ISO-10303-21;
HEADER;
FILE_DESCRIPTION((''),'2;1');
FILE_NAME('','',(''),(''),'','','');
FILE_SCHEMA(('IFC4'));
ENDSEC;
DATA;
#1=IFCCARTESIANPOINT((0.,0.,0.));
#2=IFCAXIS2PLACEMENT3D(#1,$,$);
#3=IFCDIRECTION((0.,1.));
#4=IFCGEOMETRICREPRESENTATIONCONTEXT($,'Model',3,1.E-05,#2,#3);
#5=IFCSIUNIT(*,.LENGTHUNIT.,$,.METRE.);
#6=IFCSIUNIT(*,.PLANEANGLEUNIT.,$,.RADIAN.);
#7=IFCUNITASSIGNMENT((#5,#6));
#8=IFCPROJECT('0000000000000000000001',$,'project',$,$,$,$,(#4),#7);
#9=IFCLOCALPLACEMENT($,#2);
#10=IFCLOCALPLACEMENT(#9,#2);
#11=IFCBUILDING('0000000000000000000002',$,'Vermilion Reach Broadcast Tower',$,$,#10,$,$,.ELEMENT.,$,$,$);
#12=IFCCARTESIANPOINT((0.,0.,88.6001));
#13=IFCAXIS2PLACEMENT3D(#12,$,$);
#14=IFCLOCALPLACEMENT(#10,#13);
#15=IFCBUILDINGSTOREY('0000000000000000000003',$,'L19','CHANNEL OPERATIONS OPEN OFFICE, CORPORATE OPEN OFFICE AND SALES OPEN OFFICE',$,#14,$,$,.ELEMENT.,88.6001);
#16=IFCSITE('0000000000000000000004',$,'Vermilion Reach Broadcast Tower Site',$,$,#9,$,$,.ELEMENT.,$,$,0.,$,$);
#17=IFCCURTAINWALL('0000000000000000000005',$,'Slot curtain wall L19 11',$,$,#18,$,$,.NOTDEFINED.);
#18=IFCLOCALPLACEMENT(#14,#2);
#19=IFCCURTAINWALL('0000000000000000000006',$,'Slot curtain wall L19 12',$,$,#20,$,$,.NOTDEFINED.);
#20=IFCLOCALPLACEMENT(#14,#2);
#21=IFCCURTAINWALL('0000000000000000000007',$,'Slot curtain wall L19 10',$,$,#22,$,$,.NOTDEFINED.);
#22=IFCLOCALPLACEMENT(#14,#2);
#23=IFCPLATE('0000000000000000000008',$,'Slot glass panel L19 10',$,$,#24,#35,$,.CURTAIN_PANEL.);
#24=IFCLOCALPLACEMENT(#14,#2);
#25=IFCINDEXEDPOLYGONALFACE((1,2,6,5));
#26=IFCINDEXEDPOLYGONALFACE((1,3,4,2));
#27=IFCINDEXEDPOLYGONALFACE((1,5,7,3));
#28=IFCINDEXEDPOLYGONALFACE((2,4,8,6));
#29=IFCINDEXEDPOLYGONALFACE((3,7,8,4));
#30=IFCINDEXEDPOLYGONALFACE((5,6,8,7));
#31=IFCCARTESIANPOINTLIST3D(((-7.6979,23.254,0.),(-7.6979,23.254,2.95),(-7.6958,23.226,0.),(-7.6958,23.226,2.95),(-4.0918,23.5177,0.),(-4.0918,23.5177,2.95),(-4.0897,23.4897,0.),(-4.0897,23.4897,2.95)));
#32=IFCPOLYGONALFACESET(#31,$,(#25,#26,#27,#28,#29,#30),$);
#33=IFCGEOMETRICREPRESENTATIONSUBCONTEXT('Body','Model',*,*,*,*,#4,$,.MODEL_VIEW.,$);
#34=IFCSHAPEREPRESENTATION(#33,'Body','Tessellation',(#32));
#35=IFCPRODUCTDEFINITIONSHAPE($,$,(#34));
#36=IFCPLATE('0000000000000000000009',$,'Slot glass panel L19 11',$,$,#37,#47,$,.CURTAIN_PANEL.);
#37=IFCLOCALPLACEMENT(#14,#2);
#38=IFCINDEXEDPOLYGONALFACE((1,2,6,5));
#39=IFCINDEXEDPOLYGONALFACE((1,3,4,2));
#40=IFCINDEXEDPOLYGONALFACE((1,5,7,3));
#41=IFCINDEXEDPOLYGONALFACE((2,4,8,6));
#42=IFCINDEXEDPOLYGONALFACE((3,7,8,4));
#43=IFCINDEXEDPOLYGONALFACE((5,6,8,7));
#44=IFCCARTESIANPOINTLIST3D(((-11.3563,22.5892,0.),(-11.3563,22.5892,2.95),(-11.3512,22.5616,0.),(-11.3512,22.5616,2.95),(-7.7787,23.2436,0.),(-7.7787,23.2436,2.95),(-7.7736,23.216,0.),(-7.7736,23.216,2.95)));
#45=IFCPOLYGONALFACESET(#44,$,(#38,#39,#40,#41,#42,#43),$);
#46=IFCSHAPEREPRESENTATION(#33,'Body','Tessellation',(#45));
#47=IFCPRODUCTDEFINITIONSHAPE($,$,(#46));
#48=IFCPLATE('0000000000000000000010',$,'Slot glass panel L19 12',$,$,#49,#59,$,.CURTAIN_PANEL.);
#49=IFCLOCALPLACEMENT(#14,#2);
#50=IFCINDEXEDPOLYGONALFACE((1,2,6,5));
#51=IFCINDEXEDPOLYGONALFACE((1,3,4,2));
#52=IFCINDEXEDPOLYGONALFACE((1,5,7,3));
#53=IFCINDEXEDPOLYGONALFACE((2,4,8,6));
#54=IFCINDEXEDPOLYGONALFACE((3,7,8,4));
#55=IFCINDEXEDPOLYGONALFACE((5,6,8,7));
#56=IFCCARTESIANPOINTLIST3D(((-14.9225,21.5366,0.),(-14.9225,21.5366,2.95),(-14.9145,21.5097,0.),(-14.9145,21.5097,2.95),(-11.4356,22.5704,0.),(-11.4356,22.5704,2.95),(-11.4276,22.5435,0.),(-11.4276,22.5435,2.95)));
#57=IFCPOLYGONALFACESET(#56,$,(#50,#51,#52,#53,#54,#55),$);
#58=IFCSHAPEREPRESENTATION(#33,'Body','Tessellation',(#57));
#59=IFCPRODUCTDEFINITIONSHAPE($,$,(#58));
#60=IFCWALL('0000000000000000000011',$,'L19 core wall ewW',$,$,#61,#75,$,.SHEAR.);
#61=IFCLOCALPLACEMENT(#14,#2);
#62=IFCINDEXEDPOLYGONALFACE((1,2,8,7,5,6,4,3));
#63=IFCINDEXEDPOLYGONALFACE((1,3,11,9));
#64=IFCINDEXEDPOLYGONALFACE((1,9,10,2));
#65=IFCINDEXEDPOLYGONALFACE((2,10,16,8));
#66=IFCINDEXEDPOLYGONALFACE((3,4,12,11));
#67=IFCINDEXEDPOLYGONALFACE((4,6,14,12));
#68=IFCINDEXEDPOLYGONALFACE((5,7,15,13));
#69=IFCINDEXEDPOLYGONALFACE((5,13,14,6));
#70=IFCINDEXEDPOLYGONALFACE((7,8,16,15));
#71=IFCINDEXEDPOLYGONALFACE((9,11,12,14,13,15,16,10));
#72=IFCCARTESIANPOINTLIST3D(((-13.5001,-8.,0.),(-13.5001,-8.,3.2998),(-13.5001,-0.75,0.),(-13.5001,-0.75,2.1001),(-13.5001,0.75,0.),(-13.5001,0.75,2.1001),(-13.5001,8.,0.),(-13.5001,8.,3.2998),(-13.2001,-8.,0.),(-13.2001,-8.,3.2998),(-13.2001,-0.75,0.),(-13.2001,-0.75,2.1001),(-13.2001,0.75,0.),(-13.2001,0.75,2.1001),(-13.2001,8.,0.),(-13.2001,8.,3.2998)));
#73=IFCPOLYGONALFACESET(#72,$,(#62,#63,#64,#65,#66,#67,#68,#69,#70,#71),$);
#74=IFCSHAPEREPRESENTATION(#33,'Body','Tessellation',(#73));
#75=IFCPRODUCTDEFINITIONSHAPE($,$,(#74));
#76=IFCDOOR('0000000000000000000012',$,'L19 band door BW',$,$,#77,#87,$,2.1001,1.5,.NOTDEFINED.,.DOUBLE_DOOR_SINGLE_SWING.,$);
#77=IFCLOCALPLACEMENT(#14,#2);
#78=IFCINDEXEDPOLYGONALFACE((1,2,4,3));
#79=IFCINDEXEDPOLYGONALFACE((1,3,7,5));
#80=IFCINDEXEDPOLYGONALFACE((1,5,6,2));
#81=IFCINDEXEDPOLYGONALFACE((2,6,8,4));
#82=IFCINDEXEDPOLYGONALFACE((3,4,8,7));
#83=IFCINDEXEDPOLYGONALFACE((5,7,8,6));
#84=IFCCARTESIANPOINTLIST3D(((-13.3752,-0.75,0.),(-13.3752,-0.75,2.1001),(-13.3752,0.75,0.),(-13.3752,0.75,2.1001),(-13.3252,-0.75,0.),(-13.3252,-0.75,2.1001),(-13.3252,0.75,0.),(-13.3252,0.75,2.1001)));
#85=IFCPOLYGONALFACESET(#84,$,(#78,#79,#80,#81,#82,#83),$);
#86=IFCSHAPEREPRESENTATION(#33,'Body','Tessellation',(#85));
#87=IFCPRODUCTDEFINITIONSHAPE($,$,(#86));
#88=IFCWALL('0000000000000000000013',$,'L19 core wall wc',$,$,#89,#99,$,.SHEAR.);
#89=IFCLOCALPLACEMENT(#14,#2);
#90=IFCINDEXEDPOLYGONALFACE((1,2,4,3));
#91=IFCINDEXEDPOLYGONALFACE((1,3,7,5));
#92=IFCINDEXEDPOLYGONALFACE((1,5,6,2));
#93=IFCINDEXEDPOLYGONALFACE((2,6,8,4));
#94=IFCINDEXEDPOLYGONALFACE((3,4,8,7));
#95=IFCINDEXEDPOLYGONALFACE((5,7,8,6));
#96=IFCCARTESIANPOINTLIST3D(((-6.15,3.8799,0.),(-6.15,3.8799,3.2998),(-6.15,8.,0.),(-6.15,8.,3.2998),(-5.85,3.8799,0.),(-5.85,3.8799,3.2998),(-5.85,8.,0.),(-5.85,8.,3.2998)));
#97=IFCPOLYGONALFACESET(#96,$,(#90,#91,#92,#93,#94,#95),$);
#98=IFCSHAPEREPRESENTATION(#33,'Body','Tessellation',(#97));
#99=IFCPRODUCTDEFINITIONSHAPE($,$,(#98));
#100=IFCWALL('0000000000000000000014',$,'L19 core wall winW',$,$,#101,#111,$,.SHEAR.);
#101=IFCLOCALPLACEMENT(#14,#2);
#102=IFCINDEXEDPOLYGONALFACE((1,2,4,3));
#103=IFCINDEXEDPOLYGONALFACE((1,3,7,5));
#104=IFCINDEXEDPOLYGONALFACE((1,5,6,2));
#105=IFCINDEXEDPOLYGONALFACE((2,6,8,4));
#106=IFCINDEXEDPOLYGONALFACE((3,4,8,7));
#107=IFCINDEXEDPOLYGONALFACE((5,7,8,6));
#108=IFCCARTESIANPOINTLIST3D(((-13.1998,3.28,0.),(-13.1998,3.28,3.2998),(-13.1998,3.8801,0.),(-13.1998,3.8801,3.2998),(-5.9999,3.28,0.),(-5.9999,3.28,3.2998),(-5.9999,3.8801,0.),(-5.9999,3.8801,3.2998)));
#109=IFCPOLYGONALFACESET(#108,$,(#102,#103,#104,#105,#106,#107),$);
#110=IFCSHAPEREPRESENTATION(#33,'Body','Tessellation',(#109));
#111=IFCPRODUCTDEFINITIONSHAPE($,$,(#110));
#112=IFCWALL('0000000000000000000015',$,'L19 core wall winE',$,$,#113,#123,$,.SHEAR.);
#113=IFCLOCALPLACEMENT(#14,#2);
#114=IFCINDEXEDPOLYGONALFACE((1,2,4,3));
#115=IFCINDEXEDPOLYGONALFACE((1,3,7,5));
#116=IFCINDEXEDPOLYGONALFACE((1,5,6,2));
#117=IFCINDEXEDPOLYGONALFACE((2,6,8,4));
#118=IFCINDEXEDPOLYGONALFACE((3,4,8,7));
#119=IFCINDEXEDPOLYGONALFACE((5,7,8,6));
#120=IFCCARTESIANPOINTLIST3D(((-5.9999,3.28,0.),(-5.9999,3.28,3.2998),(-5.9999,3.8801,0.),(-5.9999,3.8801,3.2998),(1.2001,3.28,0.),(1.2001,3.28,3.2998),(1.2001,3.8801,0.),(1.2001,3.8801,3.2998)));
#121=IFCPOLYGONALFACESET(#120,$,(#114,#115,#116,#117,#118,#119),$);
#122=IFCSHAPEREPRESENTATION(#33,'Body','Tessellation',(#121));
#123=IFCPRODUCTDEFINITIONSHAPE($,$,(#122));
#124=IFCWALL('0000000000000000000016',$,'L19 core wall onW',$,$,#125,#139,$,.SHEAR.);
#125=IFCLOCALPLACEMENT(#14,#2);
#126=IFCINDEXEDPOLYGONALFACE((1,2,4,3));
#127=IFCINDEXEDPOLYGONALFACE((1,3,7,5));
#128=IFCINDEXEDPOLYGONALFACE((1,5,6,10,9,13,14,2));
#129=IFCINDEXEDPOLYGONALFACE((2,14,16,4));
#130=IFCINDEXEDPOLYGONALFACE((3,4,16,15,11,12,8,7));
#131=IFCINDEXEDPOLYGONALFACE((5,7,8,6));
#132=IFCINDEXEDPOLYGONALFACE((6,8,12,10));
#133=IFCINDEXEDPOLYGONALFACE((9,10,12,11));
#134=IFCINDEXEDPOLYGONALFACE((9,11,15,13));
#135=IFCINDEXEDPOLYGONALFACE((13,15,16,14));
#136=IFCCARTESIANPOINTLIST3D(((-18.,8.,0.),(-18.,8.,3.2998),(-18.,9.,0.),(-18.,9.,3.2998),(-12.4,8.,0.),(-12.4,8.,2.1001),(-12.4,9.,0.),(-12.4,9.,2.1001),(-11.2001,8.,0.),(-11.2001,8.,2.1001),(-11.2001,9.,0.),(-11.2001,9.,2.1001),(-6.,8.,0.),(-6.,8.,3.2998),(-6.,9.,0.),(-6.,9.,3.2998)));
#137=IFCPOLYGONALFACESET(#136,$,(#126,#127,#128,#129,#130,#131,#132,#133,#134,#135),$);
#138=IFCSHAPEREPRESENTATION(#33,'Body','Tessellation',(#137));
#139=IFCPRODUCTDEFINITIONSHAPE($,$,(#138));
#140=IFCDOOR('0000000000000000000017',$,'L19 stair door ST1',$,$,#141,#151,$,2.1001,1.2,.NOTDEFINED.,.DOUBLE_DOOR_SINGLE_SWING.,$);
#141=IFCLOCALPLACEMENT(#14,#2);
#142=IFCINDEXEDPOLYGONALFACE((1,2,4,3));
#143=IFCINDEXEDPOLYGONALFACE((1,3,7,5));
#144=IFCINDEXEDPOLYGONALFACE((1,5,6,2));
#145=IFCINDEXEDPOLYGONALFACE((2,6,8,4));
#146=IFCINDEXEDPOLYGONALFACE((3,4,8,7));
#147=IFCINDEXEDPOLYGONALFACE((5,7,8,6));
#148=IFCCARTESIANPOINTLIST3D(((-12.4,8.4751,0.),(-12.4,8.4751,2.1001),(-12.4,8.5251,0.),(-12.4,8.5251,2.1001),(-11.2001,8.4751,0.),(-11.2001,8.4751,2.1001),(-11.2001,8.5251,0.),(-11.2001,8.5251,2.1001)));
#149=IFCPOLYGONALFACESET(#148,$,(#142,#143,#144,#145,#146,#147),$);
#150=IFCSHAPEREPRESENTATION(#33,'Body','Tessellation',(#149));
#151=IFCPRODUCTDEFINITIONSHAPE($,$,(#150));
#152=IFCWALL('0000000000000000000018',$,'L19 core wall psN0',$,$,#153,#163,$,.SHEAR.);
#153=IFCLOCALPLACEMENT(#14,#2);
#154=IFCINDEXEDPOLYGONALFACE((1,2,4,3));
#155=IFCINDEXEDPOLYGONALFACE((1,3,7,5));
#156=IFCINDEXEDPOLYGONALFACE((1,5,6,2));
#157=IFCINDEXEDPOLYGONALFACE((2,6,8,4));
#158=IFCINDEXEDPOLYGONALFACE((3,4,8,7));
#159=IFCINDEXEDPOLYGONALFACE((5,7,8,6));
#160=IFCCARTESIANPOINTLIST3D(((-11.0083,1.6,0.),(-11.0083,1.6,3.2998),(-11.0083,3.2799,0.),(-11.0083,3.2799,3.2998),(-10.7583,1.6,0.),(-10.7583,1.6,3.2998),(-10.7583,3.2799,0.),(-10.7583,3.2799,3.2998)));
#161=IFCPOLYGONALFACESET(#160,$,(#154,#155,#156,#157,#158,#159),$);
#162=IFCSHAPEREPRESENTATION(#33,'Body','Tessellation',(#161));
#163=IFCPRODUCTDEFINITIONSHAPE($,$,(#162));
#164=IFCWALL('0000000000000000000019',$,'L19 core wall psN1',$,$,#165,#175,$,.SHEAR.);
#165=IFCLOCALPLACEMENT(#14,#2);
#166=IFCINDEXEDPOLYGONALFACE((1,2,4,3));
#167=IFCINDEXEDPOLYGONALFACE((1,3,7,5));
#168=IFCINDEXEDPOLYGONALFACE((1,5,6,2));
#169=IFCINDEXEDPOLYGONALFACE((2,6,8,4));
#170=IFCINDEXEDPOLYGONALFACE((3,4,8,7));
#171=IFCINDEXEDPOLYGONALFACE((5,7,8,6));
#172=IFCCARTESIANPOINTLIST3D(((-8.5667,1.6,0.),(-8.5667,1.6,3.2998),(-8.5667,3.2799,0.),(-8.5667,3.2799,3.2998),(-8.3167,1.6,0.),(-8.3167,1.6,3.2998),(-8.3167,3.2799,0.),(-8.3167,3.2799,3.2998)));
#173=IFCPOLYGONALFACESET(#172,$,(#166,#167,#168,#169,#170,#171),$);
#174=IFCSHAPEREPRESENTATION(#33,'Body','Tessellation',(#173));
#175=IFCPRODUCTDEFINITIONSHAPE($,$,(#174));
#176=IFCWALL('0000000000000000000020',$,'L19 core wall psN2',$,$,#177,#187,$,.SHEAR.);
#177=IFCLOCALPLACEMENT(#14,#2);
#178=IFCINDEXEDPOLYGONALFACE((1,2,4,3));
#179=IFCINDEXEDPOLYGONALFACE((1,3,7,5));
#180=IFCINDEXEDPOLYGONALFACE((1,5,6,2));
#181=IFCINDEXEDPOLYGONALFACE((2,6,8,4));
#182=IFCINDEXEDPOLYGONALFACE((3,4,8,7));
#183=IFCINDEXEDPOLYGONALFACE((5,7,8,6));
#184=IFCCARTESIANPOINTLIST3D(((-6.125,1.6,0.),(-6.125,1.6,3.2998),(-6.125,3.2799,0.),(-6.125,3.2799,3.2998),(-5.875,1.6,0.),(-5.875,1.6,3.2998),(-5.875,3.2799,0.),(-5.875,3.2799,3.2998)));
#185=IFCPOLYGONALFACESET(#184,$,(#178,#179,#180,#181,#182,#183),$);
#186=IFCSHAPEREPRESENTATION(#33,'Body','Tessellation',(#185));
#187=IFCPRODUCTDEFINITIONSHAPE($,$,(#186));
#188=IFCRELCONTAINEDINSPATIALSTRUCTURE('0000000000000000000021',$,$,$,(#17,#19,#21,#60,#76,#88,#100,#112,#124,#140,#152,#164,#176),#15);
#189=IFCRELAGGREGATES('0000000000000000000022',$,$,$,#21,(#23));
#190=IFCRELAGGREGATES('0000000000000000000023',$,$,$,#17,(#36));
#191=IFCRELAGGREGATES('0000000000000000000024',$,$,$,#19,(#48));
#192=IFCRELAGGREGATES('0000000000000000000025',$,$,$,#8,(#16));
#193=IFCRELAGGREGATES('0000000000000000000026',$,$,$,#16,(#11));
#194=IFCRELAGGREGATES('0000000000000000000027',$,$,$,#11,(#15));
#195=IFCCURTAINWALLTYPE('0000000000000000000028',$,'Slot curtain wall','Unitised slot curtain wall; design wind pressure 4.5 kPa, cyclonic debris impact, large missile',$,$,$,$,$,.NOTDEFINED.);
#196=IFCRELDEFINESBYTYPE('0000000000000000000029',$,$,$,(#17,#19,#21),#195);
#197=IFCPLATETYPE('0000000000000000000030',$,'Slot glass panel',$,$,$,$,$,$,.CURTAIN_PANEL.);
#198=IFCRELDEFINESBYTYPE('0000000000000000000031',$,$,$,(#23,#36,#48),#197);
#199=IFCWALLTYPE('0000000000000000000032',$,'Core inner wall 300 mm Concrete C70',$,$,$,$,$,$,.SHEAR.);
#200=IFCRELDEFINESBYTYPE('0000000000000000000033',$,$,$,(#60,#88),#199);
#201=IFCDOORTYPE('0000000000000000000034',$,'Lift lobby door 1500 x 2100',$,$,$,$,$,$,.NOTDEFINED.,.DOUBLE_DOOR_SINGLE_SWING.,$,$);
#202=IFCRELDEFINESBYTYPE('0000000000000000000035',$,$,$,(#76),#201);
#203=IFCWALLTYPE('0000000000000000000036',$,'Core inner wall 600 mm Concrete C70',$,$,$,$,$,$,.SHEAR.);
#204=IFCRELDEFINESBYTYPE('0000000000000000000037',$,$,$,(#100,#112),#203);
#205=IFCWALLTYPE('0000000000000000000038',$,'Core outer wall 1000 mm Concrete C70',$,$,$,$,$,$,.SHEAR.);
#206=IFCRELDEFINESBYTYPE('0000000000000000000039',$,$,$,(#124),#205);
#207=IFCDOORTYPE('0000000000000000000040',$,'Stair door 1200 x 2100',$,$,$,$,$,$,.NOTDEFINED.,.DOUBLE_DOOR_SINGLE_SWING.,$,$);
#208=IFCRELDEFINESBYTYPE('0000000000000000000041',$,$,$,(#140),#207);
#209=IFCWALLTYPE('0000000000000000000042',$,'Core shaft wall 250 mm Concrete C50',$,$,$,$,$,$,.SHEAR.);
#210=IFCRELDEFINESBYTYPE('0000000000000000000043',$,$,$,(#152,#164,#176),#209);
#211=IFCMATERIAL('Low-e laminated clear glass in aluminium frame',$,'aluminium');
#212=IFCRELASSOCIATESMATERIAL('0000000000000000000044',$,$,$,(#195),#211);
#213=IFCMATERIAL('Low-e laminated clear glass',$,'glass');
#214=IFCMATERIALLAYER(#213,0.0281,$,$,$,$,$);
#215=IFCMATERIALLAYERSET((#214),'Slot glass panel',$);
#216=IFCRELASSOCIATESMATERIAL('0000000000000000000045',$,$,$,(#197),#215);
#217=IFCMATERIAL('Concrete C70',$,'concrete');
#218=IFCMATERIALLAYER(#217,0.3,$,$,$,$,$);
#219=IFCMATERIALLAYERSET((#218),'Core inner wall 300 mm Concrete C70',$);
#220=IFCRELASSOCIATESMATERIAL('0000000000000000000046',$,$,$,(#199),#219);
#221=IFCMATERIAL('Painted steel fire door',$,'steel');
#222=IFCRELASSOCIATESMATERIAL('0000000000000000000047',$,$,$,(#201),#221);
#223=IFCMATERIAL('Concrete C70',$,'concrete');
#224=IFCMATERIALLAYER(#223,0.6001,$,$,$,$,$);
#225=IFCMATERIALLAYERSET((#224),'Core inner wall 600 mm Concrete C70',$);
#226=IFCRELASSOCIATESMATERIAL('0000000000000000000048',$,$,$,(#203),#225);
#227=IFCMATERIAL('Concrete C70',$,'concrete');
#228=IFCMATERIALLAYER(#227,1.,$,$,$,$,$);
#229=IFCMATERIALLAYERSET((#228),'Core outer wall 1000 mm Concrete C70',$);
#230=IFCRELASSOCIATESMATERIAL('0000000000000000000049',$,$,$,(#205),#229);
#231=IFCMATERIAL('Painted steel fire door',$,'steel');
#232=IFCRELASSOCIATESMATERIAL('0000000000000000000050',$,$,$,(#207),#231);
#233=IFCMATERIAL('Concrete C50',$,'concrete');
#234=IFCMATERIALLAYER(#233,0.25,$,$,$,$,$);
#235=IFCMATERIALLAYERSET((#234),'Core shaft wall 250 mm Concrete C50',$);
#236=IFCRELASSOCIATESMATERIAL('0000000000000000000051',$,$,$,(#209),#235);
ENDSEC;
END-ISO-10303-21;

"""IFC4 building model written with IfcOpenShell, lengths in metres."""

from ifc_helpers import new_model, si_unit, direction, frame, frame_2d, origin, origin_2d, place, context, subcontext, project, spatial, rectangle, extrude, material, layer, layer_set, type_object, element, fill, aggregate, save


model = new_model("IFC4")

# Units and contexts
model_context = context("Model", 3, precision=1e-05, world=origin(), true_north=direction((0.0, 1.0)))
body_context = subcontext(model_context, "Body", "Model", "MODEL_VIEW")
ifc_project = project(units=[si_unit("LENGTHUNIT", "METRE"), si_unit("PLANEANGLEUNIT", "RADIAN")], contexts=[model_context])

# Site, building, storey
site_placement = place(None, origin())
site = spatial("IfcSite", under=ifc_project, at=site_placement, Name="Vermilion Reach Broadcast Tower Site", CompositionType="ELEMENT", RefElevation=0.0)
building_placement = place(site_placement, origin())
building = spatial("IfcBuilding", under=site, at=building_placement, Name="Vermilion Reach Broadcast Tower", CompositionType="ELEMENT")
storey_placement = place(building_placement, frame((0.0, 0.0, 88.6001)))
storey = spatial("IfcBuildingStorey", under=building, at=storey_placement, Name="L19", Description="CHANNEL OPERATIONS OPEN OFFICE, CORPORATE OPEN OFFICE AND SALES OPEN OFFICE", CompositionType="ELEMENT", Elevation=88.6001)

# Curtain walls
ifc_material_1 = material(Name="Low-e laminated clear glass in aluminium frame", Category="aluminium")
curtain_wall_type = type_object("IfcCurtainWallType", Name="Slot curtain wall", Description="Unitised slot curtain wall; design wind pressure 4.5 kPa, cyclonic debris impact, large missile", PredefinedType="NOTDEFINED", material=ifc_material_1)
placement = place(storey_placement, origin())
curtain_wall_1 = element("IfcCurtainWall", 1, at=placement, inside=storey, type_object=curtain_wall_type, Name="Slot curtain wall L19 11", PredefinedType="NOTDEFINED")
curtain_wall_2 = element("IfcCurtainWall", 2, at=placement, inside=storey, type_object=curtain_wall_type, Name="Slot curtain wall L19 12", PredefinedType="NOTDEFINED")

# Curtain wall, plate
curtain_wall_3 = element("IfcCurtainWall", 3, at=placement, inside=storey, type_object=curtain_wall_type, Name="Slot curtain wall L19 10", PredefinedType="NOTDEFINED")
ifc_material_2 = material(Name="Low-e laminated clear glass", Category="glass")
ifc_layer_1 = layer(ifc_material_2, 0.0281)
ifc_layer_set_1 = layer_set([ifc_layer_1], Name="Slot glass panel")
plate_type = type_object("IfcPlateType", Name="Slot glass panel", PredefinedType="CURTAIN_PANEL", material=ifc_layer_set_1)
plate_1_placement = place(storey_placement, frame((-5.8938, 23.3718, 0.0), z_axis=(0.0, 0.0, 1.0), x_axis=(-0.997337, -0.072933, 0.0)))
plate_1 = element("IfcPlate", 4, at=plate_1_placement, type_object=plate_type, Name="Slot glass panel L19 10", PredefinedType="CURTAIN_PANEL", context=body_context, shape_type="SweptSolid", body=[
    extrude(rectangle(XDim=3.6157, YDim=0.0281, at=origin_2d()), origin(), (0.0, 0.0, 1.0), 2.95),
])
aggregate(curtain_wall_3, [plate_1])

# Plates
plate_2_placement = place(storey_placement, frame((-9.5649, 22.9026, 0.0), z_axis=(0.0, 0.0, 1.0), x_axis=(-0.983679, -0.17993, 0.0)))
plate_2 = element("IfcPlate", 5, at=plate_2_placement, type_object=plate_type, Name="Slot glass panel L19 11", PredefinedType="CURTAIN_PANEL", context=body_context, shape_type="SweptSolid", body=[
    extrude(rectangle(XDim=3.637, YDim=0.0281, at=origin_2d()), origin(), (0.0, 0.0, 1.0), 2.95),
])
aggregate(curtain_wall_1, [plate_2])
plate_3_placement = place(storey_placement, frame((-13.175, 22.04, 0.0), z_axis=(0.0, 0.0, 1.0), x_axis=(-0.958749, -0.284255, 0.0)))
plate_3 = element("IfcPlate", 6, at=plate_3_placement, type_object=plate_type, Name="Slot glass panel L19 12", PredefinedType="CURTAIN_PANEL", context=body_context, shape_type="SweptSolid", body=[
    extrude(rectangle(XDim=3.637, YDim=0.0281, at=origin_2d()), origin(), (0.0, 0.0, 1.0), 2.95),
])
aggregate(curtain_wall_2, [plate_3])

# Wall, opening, door
ifc_material_3 = material(Name="Concrete C70", Category="concrete")
ifc_layer_2 = layer(ifc_material_3, 0.3)
ifc_layer_set_2 = layer_set([ifc_layer_2], Name="Core inner wall 300 mm Concrete C70")
wall_type_1 = type_object("IfcWallType", Name="Core inner wall 300 mm Concrete C70", PredefinedType="SHEAR", material=ifc_layer_set_2)
wall_1_placement = place(storey_placement, frame((-13.3501, 8.0, 0.0), z_axis=(0.0, 0.0, 1.0), x_axis=(0.0, -1.0, 0.0)))
wall_1 = element("IfcWall", 7, at=wall_1_placement, inside=storey, type_object=wall_type_1, Name="L19 core wall ewW", PredefinedType="SHEAR", context=body_context, shape_type="SweptSolid", body=[
    extrude(rectangle(XDim=16.0, YDim=0.3, at=frame_2d((8.0, 0.0))), origin(), (0.0, 0.0, 1.0), 3.2998),
])
opening_1_placement = place(wall_1_placement, frame((7.25, 0.0, 0.0)))
opening_1 = element("IfcOpeningElement", 8, at=opening_1_placement, cuts=wall_1, PredefinedType="OPENING", context=body_context, shape_type="SweptSolid", body=[
    extrude(rectangle(XDim=1.5, YDim=2.1001, at=frame_2d((0.75, 1.05))), frame((0.0, 0.1599, 0.0), z_axis=(0.0, -1.0, 0.0), x_axis=(1.0, 0.0, 0.0)), (0.0, 0.0, 1.0), 0.3201),
])
ifc_material_4 = material(Name="Painted steel fire door", Category="steel")
door_type_1 = type_object("IfcDoorType", Name="Lift lobby door 1500 x 2100", OperationType="DOUBLE_DOOR_SINGLE_SWING", PredefinedType="NOTDEFINED", material=ifc_material_4)
door_1_placement = place(opening_1_placement, origin())
door_1 = element("IfcDoor", 9, at=door_1_placement, inside=storey, type_object=door_type_1, Name="L19 band door BW", OperationType="DOUBLE_DOOR_SINGLE_SWING", OverallHeight=2.1001, OverallWidth=1.5, PredefinedType="NOTDEFINED", context=body_context, shape_type="SweptSolid", body=[
    extrude(rectangle(XDim=1.5, YDim=2.1001, at=frame_2d((0.75, 1.05))), frame((0.0, 0.0249, 0.0), z_axis=(0.0, -1.0, 0.0), x_axis=(1.0, 0.0, 0.0)), (0.0, 0.0, 1.0), 0.05),
])
fill(opening_1, door_1)

# Walls
wall_2_placement = place(storey_placement, frame((-6.0, 3.8799, 0.0), z_axis=(0.0, 0.0, 1.0), x_axis=(0.0, 1.0, 0.0)))
element("IfcWall", 10, at=wall_2_placement, inside=storey, type_object=wall_type_1, Name="L19 core wall wc", PredefinedType="SHEAR", context=body_context, shape_type="SweptSolid", body=[
    extrude(rectangle(XDim=4.1201, YDim=0.3, at=frame_2d((2.0601, 0.0))), origin(), (0.0, 0.0, 1.0), 3.2998),
])
ifc_material_5 = material(Name="Concrete C70", Category="concrete")
ifc_layer_3 = layer(ifc_material_5, 0.6001)
ifc_layer_set_3 = layer_set([ifc_layer_3], Name="Core inner wall 600 mm Concrete C70")
wall_type_2 = type_object("IfcWallType", Name="Core inner wall 600 mm Concrete C70", PredefinedType="SHEAR", material=ifc_layer_set_3)
for number, where, z_axis, x_axis, name in (
    (11, (-13.2, 3.5801, 0.0), (0.0, 0.0, 1.0), (1.0, 0.0, 0.0), "L19 core wall winW"),
    (12, (-6.0, 3.5801, 0.0), (0.0, 0.0, 1.0), (1.0, 0.0, 0.0), "L19 core wall winE"),
):
    element("IfcWall", number, at=place(storey_placement, frame(where, z_axis=z_axis, x_axis=x_axis)), inside=storey, type_object=wall_type_2, Name=name, PredefinedType="SHEAR", context=body_context, shape_type="SweptSolid", body=[
        extrude(rectangle(XDim=7.2, YDim=0.6001, at=frame_2d((3.6001, 0.0))), origin(), (0.0, 0.0, 1.0), 3.2998),
    ])

# Wall, opening, door
ifc_material_6 = material(Name="Concrete C70", Category="concrete")
ifc_layer_4 = layer(ifc_material_6, 1.0)
ifc_layer_set_4 = layer_set([ifc_layer_4], Name="Core outer wall 1000 mm Concrete C70")
wall_type_3 = type_object("IfcWallType", Name="Core outer wall 1000 mm Concrete C70", PredefinedType="SHEAR", material=ifc_layer_set_4)
wall_3_placement = place(storey_placement, frame((-6.0, 8.5, 0.0), z_axis=(0.0, 0.0, 1.0), x_axis=(-1.0, 0.0, 0.0)))
wall_3 = element("IfcWall", 13, at=wall_3_placement, inside=storey, type_object=wall_type_3, Name="L19 core wall onW", PredefinedType="SHEAR", context=body_context, shape_type="SweptSolid", body=[
    extrude(rectangle(XDim=12.0, YDim=1.0, at=frame_2d((6.0, 0.0))), origin(), (0.0, 0.0, 1.0), 3.2998),
])
opening_2_placement = place(wall_3_placement, frame((5.2, 0.0, 0.0)))
opening_2 = element("IfcOpeningElement", 14, at=opening_2_placement, cuts=wall_3, PredefinedType="OPENING", context=body_context, shape_type="SweptSolid", body=[
    extrude(rectangle(XDim=1.2, YDim=2.1001, at=frame_2d((0.6001, 1.05))), frame((0.0, 0.51, 0.0), z_axis=(0.0, -1.0, 0.0), x_axis=(1.0, 0.0, 0.0)), (0.0, 0.0, 1.0), 1.02),
])
ifc_material_7 = material(Name="Painted steel fire door", Category="steel")
door_type_2 = type_object("IfcDoorType", Name="Stair door 1200 x 2100", OperationType="DOUBLE_DOOR_SINGLE_SWING", PredefinedType="NOTDEFINED", material=ifc_material_7)
door_2_placement = place(opening_2_placement, origin())
door_2 = element("IfcDoor", 15, at=door_2_placement, inside=storey, type_object=door_type_2, Name="L19 stair door ST1", OperationType="DOUBLE_DOOR_SINGLE_SWING", OverallHeight=2.1001, OverallWidth=1.2, PredefinedType="NOTDEFINED", context=body_context, shape_type="SweptSolid", body=[
    extrude(rectangle(XDim=1.2, YDim=2.1001, at=frame_2d((0.6001, 1.05))), frame((0.0, 0.0249, 0.0), z_axis=(0.0, -1.0, 0.0), x_axis=(1.0, 0.0, 0.0)), (0.0, 0.0, 1.0), 0.05),
])
fill(opening_2, door_2)

# Walls
ifc_material_8 = material(Name="Concrete C50", Category="concrete")
ifc_layer_5 = layer(ifc_material_8, 0.25)
ifc_layer_set_5 = layer_set([ifc_layer_5], Name="Core shaft wall 250 mm Concrete C50")
wall_type_4 = type_object("IfcWallType", Name="Core shaft wall 250 mm Concrete C50", PredefinedType="SHEAR", material=ifc_layer_set_5)
for number, where, z_axis, x_axis, name in (
    (16, (-10.8833, 1.6001, 0.0), (0.0, 0.0, 1.0), (0.0, 1.0, 0.0), "L19 core wall psN0"),
    (17, (-8.4417, 1.6001, 0.0), (0.0, 0.0, 1.0), (0.0, 1.0, 0.0), "L19 core wall psN1"),
    (18, (-6.0, 1.6001, 0.0), (0.0, 0.0, 1.0), (0.0, 1.0, 0.0), "L19 core wall psN2"),
):
    element("IfcWall", number, at=place(storey_placement, frame(where, z_axis=z_axis, x_axis=x_axis)), inside=storey, type_object=wall_type_4, Name=name, PredefinedType="SHEAR", context=body_context, shape_type="SweptSolid", body=[
        extrude(rectangle(XDim=1.6799, YDim=0.25, at=frame_2d((0.8398, 0.0))), origin(), (0.0, 0.0, 1.0), 3.2998),
    ])

save(model, "model.ifc")
